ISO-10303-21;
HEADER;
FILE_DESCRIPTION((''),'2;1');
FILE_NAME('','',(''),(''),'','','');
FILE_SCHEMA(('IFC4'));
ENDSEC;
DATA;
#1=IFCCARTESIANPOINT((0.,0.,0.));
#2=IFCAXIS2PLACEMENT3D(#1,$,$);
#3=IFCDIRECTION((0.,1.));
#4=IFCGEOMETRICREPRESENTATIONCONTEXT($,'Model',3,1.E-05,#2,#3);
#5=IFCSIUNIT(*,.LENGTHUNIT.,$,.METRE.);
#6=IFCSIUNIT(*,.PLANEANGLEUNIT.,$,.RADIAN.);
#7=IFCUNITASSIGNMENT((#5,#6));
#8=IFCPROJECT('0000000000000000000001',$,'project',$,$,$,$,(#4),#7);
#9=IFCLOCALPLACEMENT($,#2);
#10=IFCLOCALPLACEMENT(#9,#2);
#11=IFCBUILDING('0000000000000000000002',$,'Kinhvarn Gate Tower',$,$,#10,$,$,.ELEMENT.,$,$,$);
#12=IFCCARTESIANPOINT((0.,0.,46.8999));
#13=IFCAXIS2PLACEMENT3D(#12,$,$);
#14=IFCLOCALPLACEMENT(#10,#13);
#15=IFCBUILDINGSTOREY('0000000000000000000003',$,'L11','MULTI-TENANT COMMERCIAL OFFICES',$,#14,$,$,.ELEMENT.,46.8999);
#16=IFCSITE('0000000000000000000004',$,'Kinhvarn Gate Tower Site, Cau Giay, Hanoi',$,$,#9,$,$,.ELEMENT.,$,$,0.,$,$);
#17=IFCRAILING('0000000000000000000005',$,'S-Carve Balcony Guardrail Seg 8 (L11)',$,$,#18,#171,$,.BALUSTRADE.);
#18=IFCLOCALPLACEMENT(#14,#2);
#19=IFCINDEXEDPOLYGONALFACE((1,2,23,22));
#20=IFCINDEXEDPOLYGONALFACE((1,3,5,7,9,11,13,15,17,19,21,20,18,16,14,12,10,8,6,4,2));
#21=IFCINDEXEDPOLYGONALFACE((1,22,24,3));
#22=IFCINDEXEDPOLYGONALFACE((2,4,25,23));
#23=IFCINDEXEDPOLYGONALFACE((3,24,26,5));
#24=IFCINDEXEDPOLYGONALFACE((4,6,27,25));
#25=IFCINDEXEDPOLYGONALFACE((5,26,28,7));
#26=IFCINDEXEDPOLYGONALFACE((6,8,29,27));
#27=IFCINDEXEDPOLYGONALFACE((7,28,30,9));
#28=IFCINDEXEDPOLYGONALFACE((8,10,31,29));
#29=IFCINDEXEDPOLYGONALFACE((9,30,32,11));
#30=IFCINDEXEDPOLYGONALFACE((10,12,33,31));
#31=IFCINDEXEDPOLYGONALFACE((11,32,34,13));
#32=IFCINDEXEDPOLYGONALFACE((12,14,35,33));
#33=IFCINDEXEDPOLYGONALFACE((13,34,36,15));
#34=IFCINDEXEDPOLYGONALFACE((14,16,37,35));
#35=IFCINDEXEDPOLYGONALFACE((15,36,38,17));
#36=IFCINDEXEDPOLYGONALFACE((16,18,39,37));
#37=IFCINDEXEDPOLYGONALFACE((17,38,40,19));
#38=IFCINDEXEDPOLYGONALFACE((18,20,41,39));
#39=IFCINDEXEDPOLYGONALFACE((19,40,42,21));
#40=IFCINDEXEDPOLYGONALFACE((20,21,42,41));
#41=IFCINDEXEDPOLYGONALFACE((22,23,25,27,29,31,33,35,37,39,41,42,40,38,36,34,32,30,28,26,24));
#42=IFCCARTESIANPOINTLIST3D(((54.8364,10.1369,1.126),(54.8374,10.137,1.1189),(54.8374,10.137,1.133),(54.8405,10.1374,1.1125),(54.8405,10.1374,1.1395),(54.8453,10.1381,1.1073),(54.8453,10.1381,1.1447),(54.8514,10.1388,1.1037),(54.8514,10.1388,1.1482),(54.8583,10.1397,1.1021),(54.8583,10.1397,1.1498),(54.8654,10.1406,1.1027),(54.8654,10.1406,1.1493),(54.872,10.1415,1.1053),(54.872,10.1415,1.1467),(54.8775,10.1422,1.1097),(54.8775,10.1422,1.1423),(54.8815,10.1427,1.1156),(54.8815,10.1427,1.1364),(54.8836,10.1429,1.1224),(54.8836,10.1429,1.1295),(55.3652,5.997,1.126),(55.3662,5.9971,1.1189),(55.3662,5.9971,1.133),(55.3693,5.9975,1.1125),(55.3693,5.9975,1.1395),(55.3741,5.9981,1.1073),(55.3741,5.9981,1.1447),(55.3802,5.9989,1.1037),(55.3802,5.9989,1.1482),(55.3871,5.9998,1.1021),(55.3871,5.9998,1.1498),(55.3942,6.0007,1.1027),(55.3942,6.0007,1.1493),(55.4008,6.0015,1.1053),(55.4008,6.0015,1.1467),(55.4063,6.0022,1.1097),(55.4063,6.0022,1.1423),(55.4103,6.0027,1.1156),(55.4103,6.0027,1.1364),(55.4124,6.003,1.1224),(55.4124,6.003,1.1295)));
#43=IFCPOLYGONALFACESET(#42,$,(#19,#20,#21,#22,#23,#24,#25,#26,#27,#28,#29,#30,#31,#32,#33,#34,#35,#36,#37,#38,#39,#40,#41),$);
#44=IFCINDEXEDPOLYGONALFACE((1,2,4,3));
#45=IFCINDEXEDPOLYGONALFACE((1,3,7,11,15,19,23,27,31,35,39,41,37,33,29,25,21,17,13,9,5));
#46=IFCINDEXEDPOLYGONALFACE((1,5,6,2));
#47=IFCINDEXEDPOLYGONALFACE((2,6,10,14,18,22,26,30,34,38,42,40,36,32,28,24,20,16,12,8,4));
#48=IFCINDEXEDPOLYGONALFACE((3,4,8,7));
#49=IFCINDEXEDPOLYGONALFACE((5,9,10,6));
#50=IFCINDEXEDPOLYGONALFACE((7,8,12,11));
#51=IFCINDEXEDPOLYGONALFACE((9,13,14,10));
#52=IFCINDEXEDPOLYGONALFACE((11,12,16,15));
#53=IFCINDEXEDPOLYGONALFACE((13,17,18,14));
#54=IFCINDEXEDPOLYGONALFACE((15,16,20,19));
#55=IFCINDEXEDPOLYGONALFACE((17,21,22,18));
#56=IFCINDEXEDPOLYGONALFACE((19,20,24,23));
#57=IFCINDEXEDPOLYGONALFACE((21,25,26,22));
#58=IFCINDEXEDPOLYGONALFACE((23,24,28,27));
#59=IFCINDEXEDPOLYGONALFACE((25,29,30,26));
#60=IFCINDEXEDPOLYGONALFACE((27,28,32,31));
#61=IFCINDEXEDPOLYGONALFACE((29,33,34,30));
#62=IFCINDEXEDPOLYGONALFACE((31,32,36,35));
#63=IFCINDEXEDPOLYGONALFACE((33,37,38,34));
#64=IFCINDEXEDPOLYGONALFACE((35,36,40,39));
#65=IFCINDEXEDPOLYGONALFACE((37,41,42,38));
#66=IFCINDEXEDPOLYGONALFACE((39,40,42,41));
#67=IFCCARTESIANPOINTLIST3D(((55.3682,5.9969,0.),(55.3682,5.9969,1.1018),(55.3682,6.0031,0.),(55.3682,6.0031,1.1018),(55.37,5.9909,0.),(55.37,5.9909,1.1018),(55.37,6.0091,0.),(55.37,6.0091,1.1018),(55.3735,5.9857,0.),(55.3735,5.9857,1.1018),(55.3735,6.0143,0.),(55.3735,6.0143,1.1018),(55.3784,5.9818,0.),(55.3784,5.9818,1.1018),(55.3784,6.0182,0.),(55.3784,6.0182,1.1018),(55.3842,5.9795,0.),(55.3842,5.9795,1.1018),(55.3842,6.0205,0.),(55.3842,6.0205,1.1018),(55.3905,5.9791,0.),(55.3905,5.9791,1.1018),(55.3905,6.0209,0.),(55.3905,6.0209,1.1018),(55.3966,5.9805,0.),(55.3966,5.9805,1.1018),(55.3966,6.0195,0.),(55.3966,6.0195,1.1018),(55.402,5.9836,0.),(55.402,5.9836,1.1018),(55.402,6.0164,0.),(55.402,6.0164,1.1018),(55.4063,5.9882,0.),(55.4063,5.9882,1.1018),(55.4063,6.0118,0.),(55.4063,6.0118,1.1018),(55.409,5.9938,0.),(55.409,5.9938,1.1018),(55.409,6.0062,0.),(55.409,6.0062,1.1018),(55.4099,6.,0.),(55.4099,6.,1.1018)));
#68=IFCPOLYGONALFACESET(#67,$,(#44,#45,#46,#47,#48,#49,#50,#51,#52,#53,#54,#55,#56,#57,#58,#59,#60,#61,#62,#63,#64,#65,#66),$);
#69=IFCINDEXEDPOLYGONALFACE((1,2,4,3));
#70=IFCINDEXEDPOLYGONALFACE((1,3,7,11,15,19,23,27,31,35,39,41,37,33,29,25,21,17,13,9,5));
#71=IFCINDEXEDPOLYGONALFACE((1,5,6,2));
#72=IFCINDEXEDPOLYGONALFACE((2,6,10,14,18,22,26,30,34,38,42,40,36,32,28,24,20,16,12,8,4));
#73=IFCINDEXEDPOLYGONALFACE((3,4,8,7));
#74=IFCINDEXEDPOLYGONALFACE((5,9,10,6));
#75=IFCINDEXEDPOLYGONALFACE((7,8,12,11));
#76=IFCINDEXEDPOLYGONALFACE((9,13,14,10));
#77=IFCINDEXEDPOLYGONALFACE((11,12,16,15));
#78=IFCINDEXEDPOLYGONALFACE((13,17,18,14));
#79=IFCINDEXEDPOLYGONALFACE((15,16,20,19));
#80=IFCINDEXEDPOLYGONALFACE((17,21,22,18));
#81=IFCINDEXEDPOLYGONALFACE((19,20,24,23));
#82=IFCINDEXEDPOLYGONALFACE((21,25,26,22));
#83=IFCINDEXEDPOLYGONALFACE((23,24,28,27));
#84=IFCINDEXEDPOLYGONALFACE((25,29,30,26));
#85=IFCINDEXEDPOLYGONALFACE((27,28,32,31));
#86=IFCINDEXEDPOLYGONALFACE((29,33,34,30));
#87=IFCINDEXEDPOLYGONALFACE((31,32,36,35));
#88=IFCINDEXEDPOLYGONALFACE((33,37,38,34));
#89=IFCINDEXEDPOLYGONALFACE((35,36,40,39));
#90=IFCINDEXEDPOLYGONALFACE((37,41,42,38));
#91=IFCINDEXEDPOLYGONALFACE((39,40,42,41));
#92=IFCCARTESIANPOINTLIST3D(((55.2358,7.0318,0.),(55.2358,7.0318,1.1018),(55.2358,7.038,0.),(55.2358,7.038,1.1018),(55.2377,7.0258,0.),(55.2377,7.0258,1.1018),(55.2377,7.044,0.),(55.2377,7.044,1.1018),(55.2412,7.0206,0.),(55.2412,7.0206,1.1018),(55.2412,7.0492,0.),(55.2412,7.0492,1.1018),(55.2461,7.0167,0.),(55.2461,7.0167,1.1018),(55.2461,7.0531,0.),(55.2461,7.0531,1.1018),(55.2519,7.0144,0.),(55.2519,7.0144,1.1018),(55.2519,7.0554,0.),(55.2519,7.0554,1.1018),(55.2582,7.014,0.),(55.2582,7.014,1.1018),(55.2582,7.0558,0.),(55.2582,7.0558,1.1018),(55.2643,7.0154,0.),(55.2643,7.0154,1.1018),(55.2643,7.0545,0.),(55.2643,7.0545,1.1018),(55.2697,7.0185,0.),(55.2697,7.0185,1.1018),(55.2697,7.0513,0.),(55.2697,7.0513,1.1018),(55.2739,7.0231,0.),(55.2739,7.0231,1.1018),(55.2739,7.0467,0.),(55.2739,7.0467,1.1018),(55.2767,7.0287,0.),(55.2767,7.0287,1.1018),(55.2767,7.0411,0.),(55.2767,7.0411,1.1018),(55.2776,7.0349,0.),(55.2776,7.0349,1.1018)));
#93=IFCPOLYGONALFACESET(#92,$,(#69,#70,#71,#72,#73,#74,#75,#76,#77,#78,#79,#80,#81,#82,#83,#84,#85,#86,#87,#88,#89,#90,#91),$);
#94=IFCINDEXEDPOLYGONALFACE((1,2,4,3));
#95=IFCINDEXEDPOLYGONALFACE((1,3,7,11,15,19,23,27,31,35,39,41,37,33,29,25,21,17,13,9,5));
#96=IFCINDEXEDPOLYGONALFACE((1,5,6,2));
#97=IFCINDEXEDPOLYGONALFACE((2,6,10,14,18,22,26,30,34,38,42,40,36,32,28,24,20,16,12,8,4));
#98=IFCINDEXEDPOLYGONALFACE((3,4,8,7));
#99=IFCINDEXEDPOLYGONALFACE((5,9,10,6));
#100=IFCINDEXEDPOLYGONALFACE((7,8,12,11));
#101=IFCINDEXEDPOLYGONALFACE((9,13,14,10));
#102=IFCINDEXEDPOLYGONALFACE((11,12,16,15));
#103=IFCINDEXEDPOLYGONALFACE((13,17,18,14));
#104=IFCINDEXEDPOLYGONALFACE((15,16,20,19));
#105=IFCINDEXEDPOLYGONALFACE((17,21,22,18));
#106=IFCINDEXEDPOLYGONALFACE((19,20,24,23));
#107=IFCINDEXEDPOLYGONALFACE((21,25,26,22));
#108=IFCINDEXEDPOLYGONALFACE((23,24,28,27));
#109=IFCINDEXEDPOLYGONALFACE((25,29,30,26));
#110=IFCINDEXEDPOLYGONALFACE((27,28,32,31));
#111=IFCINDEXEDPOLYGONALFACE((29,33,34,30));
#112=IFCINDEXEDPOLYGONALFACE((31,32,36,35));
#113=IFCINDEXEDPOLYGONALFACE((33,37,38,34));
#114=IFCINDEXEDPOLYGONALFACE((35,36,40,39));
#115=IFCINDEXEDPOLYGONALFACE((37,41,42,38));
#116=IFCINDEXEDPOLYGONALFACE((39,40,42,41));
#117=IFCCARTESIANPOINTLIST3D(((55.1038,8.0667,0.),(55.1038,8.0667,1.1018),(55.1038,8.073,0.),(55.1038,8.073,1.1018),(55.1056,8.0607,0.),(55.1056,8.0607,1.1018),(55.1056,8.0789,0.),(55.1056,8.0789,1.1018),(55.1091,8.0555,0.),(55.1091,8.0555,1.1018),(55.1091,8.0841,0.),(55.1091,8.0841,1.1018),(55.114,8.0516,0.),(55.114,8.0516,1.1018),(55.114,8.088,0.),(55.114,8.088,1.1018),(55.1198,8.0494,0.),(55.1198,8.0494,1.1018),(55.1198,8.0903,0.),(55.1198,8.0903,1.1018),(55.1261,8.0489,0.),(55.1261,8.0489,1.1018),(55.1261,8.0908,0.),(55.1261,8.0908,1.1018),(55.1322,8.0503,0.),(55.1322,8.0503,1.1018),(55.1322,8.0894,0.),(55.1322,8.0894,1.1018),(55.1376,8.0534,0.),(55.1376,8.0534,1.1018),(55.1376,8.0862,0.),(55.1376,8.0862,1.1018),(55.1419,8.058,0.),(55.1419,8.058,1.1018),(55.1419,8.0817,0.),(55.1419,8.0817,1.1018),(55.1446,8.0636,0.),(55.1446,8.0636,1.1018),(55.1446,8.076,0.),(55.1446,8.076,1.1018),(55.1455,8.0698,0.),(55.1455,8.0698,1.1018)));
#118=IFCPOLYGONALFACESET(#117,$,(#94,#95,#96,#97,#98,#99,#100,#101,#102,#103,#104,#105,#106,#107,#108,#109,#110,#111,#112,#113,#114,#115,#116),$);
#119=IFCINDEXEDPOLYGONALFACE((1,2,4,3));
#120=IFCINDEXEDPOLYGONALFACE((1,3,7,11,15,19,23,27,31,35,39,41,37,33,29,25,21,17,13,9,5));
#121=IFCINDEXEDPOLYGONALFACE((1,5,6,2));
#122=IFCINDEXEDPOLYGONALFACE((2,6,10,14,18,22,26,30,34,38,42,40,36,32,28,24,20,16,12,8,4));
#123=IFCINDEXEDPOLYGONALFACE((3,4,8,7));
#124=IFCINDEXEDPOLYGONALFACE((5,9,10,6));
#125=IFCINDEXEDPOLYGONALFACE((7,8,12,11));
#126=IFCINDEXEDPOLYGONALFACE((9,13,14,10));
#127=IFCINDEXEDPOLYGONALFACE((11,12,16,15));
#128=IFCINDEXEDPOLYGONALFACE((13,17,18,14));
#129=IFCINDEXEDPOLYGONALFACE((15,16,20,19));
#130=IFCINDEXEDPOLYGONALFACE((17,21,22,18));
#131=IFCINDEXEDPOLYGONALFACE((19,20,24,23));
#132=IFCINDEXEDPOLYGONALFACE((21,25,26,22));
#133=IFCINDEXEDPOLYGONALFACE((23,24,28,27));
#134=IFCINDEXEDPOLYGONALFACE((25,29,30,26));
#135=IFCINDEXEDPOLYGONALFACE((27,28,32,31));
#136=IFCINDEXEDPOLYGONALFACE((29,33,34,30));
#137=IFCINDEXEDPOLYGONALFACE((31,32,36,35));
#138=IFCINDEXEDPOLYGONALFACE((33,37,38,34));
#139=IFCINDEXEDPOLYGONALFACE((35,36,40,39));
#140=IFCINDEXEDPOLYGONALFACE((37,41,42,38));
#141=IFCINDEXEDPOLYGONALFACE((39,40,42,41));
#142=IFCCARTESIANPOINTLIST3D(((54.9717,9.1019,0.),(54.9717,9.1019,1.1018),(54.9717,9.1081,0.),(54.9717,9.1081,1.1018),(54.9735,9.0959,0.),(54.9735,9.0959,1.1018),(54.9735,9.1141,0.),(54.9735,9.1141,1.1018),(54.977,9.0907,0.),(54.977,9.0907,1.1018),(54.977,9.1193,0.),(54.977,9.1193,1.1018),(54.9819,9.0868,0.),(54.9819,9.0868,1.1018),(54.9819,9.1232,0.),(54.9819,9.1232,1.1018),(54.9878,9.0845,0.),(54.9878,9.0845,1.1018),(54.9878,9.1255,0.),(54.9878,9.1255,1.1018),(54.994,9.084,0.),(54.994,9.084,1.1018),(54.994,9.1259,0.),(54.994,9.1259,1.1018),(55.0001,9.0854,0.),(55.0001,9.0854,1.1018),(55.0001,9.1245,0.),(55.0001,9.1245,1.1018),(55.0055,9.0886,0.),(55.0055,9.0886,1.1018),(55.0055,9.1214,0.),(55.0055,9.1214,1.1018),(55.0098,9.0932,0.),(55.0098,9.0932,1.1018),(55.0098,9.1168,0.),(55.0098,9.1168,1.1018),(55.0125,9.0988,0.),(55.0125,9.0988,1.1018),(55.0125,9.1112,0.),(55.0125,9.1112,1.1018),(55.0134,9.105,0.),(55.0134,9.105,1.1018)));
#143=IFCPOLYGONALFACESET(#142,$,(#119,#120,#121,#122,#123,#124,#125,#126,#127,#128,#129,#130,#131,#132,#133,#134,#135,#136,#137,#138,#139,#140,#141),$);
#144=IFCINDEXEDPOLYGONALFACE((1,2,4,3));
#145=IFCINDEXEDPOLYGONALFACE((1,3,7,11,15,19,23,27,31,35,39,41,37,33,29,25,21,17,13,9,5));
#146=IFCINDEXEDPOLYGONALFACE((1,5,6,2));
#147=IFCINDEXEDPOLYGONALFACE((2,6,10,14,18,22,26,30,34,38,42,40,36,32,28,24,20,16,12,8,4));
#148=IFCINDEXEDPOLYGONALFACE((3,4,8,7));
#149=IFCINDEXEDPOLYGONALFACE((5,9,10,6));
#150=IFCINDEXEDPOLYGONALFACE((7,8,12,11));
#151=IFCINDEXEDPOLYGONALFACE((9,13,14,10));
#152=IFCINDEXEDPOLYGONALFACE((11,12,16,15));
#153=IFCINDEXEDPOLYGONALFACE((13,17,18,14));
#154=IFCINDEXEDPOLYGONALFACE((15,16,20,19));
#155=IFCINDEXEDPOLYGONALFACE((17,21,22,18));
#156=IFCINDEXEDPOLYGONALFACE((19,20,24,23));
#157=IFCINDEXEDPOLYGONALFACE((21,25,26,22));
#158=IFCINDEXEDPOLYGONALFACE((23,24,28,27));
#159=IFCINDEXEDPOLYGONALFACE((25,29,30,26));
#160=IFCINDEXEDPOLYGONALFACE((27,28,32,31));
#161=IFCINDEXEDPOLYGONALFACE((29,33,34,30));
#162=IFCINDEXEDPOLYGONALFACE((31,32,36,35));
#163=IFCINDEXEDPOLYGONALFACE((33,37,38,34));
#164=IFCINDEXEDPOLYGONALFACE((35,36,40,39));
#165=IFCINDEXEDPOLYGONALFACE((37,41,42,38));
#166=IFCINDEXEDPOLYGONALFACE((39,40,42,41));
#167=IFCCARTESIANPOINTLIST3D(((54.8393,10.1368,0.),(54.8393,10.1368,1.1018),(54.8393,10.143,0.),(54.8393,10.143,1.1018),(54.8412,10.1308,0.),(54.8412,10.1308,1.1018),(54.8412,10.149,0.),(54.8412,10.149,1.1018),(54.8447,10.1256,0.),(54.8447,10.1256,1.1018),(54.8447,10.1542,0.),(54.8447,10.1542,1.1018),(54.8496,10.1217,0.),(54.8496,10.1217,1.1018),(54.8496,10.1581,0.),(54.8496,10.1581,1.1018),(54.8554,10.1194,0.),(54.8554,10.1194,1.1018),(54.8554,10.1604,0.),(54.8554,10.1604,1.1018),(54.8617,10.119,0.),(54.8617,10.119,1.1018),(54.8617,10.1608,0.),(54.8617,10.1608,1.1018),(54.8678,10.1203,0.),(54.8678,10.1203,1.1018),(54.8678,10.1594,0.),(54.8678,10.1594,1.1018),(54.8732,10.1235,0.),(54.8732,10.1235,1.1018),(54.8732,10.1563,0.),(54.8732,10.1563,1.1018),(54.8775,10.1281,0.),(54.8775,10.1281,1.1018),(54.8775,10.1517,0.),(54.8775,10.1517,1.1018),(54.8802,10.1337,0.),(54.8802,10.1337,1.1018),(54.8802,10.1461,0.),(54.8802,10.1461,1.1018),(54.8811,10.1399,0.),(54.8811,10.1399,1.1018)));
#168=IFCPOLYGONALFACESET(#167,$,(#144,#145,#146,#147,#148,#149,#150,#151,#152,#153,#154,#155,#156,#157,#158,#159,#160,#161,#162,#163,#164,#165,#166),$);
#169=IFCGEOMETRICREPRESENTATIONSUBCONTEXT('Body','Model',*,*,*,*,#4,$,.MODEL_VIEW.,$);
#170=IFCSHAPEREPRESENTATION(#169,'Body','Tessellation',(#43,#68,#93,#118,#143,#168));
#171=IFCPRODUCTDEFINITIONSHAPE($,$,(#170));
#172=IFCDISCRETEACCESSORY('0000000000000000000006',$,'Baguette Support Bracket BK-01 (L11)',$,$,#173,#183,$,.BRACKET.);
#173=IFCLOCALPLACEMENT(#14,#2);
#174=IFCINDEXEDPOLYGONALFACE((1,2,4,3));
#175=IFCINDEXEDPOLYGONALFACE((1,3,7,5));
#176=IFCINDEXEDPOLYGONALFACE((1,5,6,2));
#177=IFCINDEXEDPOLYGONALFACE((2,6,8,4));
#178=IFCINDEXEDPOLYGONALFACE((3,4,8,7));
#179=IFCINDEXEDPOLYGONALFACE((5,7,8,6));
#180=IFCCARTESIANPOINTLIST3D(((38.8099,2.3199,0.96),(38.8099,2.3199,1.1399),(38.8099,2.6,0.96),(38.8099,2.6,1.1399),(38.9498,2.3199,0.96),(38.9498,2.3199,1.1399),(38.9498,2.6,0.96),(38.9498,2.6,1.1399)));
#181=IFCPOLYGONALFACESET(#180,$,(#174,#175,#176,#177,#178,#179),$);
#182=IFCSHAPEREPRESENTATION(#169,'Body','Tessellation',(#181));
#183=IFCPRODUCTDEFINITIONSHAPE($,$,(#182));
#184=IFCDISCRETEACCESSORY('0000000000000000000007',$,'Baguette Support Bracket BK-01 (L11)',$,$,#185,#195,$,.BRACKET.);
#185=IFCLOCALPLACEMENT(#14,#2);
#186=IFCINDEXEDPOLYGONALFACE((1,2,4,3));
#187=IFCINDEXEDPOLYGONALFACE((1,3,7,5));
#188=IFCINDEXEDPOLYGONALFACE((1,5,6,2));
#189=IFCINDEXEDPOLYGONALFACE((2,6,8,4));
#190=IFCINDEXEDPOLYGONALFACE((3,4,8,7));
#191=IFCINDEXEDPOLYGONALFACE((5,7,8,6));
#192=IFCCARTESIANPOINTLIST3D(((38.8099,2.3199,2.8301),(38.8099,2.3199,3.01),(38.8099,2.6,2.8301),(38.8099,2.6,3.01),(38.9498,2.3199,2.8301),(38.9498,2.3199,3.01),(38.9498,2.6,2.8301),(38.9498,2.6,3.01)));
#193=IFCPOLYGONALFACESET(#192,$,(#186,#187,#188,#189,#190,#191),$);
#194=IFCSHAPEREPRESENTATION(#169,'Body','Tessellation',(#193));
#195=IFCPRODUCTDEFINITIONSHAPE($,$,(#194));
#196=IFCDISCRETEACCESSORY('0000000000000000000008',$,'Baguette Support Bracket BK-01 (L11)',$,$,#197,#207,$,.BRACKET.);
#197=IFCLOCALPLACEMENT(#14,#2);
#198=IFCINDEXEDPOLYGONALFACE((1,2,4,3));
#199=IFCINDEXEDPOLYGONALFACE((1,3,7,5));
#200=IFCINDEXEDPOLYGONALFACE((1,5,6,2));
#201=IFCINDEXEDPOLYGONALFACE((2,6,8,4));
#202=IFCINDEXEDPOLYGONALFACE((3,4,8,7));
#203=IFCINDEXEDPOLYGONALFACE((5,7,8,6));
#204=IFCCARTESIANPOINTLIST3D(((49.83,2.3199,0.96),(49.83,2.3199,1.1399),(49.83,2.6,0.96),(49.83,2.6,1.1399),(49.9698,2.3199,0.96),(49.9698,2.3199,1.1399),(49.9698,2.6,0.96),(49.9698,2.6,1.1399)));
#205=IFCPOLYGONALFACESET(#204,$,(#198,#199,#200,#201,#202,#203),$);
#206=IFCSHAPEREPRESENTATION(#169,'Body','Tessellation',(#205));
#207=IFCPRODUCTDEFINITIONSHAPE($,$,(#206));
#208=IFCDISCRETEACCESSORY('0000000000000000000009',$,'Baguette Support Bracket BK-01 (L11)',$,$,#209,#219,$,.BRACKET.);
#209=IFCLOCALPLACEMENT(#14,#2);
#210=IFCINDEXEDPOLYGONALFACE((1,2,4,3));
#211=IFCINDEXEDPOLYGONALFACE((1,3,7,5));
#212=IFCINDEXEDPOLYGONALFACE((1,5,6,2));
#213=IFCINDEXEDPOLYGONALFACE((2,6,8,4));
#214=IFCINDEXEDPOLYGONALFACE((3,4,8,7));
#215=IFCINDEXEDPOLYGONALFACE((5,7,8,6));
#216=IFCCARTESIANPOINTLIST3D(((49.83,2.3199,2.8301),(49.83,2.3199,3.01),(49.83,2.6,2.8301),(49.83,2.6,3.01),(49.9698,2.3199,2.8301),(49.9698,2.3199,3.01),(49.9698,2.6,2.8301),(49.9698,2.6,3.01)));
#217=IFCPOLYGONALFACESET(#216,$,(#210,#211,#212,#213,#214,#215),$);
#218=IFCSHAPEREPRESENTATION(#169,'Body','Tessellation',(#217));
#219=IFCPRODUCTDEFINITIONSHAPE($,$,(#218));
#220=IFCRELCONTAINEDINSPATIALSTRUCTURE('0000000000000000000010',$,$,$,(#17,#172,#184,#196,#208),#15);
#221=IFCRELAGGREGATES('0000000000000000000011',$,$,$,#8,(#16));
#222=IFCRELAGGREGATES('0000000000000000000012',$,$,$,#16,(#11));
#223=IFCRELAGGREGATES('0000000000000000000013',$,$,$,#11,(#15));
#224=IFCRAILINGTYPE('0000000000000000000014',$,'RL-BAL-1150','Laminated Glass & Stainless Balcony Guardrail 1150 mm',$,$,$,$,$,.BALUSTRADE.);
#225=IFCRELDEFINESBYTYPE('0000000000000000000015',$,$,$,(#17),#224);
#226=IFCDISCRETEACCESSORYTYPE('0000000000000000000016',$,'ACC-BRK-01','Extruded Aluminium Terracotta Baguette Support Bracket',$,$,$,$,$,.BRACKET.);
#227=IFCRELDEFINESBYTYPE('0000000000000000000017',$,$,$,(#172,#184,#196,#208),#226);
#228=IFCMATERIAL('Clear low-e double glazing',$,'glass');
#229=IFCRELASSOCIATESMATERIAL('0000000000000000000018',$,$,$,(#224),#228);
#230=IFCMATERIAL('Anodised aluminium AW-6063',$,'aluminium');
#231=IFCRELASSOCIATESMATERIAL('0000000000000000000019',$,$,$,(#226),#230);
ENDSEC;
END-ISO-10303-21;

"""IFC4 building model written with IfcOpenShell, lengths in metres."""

from ifc_helpers import new_model, si_unit, direction, frame, origin, origin_2d, place, context, subcontext, project, spatial, rectangle, circle, extrude, material, type_object, element, save


model = new_model("IFC4")

# Units and contexts
model_context = context("Model", 3, precision=1e-05, world=origin(), true_north=direction((0.0, 1.0)))
body_context = subcontext(model_context, "Body", "Model", "MODEL_VIEW")
ifc_project = project(units=[si_unit("LENGTHUNIT", "METRE"), si_unit("PLANEANGLEUNIT", "RADIAN")], contexts=[model_context])

# Site, building, storey
site_placement = place(None, origin())
site = spatial("IfcSite", under=ifc_project, at=site_placement, Name="Kinhvarn Gate Tower Site, Cau Giay, Hanoi", CompositionType="ELEMENT", RefElevation=0.0)
building_placement = place(site_placement, origin())
building = spatial("IfcBuilding", under=site, at=building_placement, Name="Kinhvarn Gate Tower", CompositionType="ELEMENT")
storey_placement = place(building_placement, frame((0.0, 0.0, 46.8999)))
storey = spatial("IfcBuildingStorey", under=building, at=storey_placement, Name="L11", Description="MULTI-TENANT COMMERCIAL OFFICES", CompositionType="ELEMENT", Elevation=46.8999)

# Shared definitions
ifc_material_1 = material(Name="Anodised aluminium AW-6063", Category="aluminium")

# Shared definitions
ifc_material_2 = material(Name="Clear low-e double glazing", Category="glass")

# Railing
railing_type = type_object("IfcRailingType", Name="RL-BAL-1150", Description="Laminated Glass & Stainless Balcony Guardrail 1150 mm", PredefinedType="BALUSTRADE", material=ifc_material_2)
railing_1_placement = place(storey_placement, frame((55.3889, 6.0, 0.0)))
element("IfcRailing", 1, at=railing_1_placement, inside=storey, type_object=railing_type, Name="S-Carve Balcony Guardrail Seg 8 (L11)", PredefinedType="BALUSTRADE", context=body_context, shape_type="SweptSolid", body=[
    extrude(circle(Radius=0.0239, at=origin_2d()), frame((0.0, 0.0, 1.126), z_axis=(-0.126705, 0.99194, 0.0), x_axis=(-0.99194, -0.126705, 0.0)), (0.0, 0.0, 1.0), 4.1736),
    extrude(circle(Radius=0.021, at=origin_2d()), origin(), (0.0, 0.0, 1.0), 1.1018),
    extrude(circle(Radius=0.021, at=origin_2d()), frame((-0.1323, 1.0349, 0.0)), (0.0, 0.0, 1.0), 1.1018),
    extrude(circle(Radius=0.021, at=origin_2d()), frame((-0.2644, 2.0698, 0.0)), (0.0, 0.0, 1.0), 1.1018),
    extrude(circle(Radius=0.021, at=origin_2d()), frame((-0.3965, 3.105, 0.0)), (0.0, 0.0, 1.0), 1.1018),
    extrude(circle(Radius=0.021, at=origin_2d()), frame((-0.5288, 4.1399, 0.0)), (0.0, 0.0, 1.0), 1.1018),
])

# Discrete accessories
discrete_accessory_type = type_object("IfcDiscreteAccessoryType", Name="ACC-BRK-01", Description="Extruded Aluminium Terracotta Baguette Support Bracket", PredefinedType="BRACKET", material=ifc_material_1)
for number, where, z_axis, x_axis, name in (
    (2, (38.8799, 2.46, 0.96), (0.0, 0.0, 1.0), (1.0, 0.0, 0.0), "Baguette Support Bracket BK-01 (L11)"),
    (3, (38.8799, 2.46, 2.8301), (0.0, 0.0, 1.0), (1.0, 0.0, 0.0), "Baguette Support Bracket BK-01 (L11)"),
    (4, (49.8999, 2.46, 0.96), (0.0, 0.0, 1.0), (1.0, 0.0, 0.0), "Baguette Support Bracket BK-01 (L11)"),
    (5, (49.8999, 2.46, 2.8301), (0.0, 0.0, 1.0), (1.0, 0.0, 0.0), "Baguette Support Bracket BK-01 (L11)"),
):
    element("IfcDiscreteAccessory", number, at=place(storey_placement, frame(where, z_axis=z_axis, x_axis=x_axis)), inside=storey, type_object=discrete_accessory_type, Name=name, PredefinedType="BRACKET", context=body_context, shape_type="SweptSolid", body=[
        extrude(rectangle(XDim=0.1399, YDim=0.28, at=origin_2d()), origin(), (0.0, 0.0, 1.0), 0.1799),
    ])

save(model, "model.ifc")
